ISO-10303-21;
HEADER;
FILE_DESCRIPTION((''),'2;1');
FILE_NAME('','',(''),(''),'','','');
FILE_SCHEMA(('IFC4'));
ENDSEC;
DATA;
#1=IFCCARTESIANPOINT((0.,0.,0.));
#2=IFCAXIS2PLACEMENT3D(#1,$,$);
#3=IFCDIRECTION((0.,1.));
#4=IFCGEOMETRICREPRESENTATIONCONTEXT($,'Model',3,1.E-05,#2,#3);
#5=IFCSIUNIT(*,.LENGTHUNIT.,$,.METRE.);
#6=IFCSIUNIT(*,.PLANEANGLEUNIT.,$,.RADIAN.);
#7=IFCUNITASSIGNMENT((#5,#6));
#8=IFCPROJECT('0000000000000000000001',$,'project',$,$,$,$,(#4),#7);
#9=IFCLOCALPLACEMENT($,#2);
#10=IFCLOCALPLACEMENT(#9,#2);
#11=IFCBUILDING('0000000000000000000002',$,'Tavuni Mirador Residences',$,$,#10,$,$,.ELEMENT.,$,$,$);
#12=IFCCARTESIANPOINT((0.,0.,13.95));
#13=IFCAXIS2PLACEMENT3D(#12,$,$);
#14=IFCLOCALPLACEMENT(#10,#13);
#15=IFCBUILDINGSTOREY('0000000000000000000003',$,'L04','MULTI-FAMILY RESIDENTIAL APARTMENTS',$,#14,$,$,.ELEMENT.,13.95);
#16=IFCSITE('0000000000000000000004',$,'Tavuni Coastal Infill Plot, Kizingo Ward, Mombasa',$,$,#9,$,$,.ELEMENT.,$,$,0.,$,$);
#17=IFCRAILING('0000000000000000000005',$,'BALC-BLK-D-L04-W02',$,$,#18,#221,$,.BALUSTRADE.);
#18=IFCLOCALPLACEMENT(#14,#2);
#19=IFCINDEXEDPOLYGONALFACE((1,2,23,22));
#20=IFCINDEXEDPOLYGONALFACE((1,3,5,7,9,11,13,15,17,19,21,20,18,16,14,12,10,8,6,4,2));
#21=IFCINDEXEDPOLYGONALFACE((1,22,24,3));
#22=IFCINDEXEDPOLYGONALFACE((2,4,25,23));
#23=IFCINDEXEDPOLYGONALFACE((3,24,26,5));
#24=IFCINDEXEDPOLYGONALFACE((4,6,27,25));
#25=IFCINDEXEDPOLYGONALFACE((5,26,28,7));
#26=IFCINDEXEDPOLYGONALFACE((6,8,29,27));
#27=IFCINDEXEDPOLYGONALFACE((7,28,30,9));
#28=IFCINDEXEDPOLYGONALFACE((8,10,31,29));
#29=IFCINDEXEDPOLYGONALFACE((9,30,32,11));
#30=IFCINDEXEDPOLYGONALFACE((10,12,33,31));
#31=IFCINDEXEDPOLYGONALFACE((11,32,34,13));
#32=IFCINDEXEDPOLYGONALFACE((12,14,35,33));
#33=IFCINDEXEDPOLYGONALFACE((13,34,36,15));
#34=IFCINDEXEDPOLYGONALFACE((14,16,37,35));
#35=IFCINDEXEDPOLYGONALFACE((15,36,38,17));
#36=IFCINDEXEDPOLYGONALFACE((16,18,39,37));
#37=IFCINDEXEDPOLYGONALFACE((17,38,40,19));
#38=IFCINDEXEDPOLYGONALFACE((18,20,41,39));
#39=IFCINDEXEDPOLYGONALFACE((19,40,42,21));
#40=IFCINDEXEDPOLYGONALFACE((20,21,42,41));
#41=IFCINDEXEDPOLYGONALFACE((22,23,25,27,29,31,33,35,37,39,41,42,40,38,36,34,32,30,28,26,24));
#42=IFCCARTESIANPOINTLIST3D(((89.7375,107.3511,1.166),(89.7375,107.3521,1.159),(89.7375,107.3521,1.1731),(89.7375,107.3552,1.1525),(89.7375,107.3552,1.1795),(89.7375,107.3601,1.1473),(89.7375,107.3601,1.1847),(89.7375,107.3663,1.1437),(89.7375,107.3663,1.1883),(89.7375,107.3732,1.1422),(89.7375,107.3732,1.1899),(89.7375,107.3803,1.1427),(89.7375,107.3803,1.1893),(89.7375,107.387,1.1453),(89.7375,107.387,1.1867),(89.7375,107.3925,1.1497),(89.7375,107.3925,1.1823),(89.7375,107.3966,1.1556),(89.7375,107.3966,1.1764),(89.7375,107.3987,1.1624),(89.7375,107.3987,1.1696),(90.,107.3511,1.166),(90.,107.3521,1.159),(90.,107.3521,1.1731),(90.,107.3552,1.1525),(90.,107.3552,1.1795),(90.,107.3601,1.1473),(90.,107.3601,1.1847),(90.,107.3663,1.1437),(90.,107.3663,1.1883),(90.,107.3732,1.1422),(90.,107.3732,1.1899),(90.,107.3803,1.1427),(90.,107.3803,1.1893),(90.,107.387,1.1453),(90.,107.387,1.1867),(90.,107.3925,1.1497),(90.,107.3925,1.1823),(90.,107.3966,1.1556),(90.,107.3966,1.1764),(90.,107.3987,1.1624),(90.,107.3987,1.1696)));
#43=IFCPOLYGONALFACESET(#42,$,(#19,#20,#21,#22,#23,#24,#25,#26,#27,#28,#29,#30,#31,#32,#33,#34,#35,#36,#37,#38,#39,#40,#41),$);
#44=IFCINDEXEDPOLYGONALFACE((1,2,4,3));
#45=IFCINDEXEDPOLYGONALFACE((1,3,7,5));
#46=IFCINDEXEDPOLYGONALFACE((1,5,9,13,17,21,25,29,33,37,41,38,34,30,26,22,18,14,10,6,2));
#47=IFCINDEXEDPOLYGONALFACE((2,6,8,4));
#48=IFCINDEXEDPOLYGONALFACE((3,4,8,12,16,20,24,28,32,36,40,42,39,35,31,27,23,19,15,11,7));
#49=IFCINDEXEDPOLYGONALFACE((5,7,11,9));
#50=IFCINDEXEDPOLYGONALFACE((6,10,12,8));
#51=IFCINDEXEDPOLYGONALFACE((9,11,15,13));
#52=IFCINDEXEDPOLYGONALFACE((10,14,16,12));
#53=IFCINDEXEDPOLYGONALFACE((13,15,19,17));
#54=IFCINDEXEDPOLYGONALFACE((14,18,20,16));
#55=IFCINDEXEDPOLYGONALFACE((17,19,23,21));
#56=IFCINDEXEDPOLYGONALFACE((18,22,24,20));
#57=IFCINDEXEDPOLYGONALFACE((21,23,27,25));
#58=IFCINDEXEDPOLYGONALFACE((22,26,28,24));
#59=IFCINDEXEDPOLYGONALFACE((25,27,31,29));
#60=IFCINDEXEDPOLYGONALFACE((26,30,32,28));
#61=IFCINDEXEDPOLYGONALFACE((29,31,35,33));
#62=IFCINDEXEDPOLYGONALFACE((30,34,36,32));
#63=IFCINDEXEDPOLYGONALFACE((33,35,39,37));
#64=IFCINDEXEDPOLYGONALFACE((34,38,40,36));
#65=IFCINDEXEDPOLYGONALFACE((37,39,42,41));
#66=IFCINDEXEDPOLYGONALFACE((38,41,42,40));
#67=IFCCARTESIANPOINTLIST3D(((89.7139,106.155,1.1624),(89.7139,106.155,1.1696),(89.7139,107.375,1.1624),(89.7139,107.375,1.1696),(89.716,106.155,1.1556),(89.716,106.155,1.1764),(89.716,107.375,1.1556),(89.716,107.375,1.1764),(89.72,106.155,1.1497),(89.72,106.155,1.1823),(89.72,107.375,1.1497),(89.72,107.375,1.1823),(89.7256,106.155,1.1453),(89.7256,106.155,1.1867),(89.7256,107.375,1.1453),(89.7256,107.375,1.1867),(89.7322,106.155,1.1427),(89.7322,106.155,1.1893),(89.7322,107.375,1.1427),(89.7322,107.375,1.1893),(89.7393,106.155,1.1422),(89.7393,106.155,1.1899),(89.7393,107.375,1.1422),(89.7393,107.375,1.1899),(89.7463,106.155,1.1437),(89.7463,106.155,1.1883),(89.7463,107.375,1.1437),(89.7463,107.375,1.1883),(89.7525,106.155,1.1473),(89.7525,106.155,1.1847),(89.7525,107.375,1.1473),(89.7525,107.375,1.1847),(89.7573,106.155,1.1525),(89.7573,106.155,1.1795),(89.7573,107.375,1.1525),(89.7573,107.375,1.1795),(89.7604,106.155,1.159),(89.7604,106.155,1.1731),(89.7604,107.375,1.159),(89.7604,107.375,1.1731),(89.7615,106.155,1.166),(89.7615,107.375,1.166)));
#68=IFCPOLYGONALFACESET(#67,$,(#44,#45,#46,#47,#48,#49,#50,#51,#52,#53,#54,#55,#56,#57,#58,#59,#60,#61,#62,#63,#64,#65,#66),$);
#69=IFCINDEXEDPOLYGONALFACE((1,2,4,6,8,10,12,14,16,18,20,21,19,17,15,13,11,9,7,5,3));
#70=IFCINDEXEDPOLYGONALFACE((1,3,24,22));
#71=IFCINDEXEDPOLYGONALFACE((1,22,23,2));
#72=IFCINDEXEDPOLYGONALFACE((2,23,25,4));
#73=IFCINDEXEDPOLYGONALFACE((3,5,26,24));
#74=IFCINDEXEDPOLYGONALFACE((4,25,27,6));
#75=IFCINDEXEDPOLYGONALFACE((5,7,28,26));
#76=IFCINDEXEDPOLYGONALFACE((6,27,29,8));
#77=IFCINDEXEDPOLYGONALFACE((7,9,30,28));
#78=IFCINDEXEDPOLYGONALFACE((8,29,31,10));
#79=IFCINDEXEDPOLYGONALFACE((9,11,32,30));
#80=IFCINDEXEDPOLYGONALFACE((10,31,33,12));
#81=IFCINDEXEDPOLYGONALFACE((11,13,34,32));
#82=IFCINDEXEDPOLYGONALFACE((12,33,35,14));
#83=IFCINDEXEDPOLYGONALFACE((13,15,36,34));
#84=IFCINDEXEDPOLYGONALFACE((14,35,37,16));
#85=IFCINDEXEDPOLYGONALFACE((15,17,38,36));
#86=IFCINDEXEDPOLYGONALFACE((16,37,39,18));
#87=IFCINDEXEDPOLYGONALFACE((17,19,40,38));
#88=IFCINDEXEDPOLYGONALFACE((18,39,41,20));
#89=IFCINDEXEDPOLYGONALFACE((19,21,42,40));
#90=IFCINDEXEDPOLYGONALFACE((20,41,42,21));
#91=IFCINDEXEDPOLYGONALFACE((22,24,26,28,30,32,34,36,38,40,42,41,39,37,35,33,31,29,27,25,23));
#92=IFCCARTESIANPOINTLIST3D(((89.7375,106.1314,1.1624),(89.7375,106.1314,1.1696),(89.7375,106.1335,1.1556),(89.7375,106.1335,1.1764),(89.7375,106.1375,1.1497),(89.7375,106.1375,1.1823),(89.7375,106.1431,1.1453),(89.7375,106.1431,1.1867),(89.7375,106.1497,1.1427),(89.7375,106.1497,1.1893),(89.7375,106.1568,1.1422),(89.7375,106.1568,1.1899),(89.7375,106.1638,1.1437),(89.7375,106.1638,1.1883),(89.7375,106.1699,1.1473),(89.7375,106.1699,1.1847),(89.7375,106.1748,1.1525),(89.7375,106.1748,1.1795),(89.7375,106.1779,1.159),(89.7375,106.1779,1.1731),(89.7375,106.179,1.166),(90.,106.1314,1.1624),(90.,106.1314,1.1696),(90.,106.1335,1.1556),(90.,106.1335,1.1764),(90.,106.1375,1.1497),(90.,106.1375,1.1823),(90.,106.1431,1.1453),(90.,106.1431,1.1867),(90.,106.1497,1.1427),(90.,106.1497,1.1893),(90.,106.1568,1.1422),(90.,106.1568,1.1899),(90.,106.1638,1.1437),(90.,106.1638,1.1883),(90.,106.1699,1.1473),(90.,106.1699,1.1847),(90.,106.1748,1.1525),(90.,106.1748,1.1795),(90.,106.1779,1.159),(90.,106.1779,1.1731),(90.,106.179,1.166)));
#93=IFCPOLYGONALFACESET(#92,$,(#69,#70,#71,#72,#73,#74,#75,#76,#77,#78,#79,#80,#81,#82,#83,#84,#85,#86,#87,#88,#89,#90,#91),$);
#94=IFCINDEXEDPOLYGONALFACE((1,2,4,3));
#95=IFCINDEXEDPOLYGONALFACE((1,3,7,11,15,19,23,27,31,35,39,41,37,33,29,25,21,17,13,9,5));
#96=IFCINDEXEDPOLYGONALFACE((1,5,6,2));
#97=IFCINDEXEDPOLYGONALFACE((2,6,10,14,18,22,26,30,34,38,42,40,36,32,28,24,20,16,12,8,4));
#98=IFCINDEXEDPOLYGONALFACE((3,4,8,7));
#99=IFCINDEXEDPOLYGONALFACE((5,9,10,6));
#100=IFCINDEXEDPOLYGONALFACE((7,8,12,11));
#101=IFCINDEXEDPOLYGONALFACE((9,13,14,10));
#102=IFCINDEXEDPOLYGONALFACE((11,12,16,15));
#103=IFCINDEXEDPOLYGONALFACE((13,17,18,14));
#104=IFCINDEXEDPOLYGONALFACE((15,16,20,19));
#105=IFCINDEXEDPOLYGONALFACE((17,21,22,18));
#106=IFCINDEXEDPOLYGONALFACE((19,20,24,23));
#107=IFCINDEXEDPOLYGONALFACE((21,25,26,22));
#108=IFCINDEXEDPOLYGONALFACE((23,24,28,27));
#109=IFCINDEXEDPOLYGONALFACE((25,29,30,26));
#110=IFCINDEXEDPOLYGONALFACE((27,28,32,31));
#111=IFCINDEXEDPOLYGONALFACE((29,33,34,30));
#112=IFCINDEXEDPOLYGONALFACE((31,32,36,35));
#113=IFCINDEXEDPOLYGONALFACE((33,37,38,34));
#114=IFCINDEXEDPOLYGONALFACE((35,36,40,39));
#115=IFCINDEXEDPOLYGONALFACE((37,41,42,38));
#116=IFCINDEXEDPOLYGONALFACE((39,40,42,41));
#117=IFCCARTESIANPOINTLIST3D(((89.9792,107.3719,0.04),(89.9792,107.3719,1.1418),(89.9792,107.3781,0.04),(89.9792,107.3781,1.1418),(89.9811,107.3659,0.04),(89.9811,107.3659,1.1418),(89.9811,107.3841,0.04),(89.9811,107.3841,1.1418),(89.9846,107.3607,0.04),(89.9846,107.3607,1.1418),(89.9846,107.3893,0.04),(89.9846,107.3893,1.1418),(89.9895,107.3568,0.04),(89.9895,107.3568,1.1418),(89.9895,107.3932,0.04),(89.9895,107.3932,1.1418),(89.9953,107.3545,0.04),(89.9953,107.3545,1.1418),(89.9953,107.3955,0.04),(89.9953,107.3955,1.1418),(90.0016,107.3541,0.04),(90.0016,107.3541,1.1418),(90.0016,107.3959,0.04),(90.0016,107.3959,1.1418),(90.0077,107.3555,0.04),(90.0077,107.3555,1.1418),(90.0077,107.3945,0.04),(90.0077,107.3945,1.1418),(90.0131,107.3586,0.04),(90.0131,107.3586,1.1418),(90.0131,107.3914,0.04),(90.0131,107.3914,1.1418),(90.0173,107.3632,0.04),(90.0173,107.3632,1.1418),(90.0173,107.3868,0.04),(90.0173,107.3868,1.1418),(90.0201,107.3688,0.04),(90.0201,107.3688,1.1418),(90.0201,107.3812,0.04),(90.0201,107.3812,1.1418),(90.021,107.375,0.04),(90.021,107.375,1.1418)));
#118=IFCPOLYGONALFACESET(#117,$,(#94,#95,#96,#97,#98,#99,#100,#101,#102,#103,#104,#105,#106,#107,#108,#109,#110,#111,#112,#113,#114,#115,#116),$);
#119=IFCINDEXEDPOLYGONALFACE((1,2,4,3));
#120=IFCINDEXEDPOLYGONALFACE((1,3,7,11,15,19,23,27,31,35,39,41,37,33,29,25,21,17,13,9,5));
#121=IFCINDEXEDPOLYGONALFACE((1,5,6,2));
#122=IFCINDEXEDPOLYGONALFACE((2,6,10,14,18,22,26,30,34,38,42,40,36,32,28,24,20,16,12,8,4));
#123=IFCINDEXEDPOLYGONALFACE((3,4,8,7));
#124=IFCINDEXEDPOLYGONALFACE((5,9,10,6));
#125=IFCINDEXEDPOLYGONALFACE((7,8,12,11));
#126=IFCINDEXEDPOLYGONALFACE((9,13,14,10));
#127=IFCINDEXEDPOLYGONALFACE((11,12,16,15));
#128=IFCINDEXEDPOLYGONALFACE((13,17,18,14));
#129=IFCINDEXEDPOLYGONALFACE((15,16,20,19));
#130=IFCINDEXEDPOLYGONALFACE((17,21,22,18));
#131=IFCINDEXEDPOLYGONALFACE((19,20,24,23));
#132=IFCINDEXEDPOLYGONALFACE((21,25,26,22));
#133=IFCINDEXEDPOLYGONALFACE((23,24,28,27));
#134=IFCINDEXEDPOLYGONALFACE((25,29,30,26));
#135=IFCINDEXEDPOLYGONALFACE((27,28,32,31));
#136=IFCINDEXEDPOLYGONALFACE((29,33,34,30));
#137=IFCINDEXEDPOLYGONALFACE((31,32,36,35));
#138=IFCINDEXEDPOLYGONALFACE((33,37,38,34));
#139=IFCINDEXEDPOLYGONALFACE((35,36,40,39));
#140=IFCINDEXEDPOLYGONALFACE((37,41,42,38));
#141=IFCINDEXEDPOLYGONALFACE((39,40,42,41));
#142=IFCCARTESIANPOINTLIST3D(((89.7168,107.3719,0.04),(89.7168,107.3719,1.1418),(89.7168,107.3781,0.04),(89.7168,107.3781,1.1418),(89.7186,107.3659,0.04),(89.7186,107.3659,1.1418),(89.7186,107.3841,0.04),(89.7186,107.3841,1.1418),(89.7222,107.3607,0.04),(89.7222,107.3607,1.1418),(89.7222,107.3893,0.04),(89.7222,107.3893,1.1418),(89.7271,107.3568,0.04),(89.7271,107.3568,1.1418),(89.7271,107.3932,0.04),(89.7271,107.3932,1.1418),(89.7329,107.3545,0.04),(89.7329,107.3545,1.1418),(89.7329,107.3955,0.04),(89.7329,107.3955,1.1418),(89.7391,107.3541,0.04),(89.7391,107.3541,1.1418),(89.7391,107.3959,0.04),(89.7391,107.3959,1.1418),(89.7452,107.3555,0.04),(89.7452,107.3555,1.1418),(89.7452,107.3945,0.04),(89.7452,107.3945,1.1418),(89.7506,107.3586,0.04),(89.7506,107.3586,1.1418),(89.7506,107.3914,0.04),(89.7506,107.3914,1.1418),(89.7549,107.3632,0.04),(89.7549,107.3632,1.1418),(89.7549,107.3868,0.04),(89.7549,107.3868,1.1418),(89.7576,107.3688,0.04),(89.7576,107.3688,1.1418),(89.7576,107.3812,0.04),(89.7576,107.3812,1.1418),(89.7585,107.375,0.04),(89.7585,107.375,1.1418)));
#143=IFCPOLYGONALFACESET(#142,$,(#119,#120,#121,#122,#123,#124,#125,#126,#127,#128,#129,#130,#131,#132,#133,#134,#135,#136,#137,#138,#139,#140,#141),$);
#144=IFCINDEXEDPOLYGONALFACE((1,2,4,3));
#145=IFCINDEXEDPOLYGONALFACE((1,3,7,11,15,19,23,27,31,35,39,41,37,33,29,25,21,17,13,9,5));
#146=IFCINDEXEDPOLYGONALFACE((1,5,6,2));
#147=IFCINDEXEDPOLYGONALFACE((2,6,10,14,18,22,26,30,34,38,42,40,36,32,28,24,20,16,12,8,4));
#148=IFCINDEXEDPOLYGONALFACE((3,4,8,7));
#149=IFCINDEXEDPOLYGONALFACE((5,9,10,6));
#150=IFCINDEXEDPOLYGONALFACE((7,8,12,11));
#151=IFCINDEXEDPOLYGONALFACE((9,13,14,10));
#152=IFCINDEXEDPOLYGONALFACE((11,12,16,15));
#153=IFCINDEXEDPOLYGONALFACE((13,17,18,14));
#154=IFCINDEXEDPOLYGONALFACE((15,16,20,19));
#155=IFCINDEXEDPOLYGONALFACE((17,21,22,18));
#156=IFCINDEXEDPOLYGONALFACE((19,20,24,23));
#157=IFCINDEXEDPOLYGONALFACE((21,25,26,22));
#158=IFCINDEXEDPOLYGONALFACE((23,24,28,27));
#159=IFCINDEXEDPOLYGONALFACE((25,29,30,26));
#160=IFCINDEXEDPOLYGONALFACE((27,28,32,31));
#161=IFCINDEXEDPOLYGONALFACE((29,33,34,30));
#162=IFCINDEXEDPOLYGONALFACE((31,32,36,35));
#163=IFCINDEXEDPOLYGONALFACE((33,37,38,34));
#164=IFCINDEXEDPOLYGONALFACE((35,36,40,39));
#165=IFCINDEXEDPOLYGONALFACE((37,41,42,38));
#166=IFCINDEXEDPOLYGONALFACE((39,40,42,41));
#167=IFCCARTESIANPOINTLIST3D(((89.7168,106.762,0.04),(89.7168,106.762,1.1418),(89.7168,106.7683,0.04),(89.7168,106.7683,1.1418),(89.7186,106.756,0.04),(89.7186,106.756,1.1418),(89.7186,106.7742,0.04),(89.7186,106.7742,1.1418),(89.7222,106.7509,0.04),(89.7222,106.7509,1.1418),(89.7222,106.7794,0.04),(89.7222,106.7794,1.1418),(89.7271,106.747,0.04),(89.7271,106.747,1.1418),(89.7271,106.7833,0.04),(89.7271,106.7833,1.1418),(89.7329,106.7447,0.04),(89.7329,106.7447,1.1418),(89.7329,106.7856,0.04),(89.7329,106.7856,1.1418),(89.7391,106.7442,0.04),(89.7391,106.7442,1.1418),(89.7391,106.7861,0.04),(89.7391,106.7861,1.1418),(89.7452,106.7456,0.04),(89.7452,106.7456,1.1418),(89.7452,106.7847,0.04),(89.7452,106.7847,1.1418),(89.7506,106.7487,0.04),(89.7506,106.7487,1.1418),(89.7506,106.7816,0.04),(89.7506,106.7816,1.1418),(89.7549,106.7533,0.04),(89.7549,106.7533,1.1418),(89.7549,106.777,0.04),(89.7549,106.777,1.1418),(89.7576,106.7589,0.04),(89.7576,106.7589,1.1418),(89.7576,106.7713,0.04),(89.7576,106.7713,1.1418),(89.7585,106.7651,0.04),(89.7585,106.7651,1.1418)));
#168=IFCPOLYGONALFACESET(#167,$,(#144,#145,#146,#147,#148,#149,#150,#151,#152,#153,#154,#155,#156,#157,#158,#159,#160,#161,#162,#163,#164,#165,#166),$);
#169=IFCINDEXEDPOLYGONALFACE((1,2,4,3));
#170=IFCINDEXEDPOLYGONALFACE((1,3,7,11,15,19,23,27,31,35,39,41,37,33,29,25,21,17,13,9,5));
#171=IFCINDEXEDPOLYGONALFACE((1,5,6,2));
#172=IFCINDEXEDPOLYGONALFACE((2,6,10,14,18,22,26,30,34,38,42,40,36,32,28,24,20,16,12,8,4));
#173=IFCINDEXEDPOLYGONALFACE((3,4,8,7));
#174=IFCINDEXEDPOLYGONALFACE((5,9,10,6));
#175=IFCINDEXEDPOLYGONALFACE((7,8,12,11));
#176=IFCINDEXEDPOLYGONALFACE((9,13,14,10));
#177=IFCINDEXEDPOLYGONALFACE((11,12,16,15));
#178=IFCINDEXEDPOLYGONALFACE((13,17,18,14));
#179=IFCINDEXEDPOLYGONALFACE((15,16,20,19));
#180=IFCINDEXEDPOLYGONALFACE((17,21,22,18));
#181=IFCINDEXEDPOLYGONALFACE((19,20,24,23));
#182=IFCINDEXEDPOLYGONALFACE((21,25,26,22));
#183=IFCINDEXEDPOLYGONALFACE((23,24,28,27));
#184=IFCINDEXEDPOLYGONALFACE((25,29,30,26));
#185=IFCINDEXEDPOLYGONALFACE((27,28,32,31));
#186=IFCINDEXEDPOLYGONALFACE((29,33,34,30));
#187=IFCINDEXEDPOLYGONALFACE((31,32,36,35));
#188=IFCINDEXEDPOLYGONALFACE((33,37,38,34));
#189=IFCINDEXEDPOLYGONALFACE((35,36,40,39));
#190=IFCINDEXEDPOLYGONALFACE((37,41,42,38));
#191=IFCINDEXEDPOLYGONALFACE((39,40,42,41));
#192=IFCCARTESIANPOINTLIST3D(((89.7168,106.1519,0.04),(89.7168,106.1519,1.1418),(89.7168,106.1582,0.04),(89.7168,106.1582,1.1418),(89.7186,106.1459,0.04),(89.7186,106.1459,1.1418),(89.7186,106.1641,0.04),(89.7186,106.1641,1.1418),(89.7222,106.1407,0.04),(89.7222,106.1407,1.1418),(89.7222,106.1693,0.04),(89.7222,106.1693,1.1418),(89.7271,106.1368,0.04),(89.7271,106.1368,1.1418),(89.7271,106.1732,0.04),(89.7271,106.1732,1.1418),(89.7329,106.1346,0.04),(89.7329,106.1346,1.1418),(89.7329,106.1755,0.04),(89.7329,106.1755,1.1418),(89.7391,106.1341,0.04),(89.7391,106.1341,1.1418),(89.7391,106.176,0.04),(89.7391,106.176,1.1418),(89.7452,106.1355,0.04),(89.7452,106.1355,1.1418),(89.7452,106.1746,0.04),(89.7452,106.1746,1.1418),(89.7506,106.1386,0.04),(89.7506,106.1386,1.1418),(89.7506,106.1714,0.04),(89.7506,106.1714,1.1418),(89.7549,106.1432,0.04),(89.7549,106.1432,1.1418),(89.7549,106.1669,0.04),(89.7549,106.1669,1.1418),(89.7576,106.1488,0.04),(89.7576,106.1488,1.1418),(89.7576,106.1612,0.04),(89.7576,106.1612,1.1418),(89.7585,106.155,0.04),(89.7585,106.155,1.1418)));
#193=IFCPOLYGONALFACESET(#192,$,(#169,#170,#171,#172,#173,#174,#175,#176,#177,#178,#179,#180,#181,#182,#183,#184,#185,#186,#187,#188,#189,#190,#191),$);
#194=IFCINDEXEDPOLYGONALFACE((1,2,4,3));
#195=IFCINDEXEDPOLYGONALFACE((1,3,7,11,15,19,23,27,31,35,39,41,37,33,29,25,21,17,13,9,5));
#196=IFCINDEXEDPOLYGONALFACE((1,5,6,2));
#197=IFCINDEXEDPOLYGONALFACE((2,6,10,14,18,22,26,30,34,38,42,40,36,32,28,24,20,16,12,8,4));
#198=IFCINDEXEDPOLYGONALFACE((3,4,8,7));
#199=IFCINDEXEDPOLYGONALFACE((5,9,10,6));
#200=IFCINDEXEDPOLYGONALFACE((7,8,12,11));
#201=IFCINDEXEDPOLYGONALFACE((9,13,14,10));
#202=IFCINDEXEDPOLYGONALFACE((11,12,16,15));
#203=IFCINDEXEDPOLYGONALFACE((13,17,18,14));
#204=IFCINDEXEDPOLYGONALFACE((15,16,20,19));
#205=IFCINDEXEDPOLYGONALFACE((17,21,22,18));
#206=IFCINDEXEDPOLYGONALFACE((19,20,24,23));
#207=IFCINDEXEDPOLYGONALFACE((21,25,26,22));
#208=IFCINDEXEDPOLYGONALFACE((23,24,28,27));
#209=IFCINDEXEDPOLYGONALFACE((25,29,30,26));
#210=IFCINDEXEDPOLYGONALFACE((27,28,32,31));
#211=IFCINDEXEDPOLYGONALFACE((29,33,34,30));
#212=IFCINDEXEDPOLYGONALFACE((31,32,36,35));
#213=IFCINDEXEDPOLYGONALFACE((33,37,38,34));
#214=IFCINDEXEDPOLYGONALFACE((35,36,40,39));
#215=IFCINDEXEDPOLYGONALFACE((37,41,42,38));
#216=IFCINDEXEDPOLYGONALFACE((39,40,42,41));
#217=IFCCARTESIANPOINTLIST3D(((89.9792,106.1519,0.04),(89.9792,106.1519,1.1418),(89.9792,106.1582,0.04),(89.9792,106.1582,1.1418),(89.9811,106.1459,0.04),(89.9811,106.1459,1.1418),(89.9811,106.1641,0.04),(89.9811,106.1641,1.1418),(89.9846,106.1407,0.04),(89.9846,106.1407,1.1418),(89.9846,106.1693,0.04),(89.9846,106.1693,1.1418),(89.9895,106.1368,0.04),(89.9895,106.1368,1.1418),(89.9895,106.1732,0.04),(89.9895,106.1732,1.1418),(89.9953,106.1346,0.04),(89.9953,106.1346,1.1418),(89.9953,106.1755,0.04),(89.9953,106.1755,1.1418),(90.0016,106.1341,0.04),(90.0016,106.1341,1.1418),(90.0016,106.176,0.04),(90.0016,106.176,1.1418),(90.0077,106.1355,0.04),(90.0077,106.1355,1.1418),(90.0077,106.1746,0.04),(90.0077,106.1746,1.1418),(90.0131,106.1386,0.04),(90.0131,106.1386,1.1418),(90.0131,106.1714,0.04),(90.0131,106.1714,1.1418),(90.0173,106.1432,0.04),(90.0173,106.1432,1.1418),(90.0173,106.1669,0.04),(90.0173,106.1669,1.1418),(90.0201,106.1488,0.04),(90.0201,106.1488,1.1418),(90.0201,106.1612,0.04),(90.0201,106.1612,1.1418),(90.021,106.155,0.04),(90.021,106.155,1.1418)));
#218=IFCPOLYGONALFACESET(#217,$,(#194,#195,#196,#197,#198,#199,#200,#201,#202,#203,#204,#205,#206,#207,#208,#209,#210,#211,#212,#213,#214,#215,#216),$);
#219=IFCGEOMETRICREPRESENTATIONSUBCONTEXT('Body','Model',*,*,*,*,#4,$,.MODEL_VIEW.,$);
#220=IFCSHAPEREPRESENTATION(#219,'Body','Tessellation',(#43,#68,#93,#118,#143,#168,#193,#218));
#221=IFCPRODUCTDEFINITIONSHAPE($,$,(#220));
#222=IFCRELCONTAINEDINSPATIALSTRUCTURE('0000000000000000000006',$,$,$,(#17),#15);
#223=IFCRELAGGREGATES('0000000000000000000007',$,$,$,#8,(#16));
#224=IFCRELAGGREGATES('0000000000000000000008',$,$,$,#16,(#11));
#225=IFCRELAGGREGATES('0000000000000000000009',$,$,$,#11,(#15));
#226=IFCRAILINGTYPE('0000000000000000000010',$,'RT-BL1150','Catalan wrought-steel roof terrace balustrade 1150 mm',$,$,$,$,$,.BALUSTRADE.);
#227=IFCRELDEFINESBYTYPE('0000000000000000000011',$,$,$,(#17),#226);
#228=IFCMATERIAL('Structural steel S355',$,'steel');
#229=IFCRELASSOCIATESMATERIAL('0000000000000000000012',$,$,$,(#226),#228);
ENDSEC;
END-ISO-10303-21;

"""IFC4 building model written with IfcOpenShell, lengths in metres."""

from ifc_helpers import new_model, si_unit, direction, frame, origin, origin_2d, place, context, subcontext, project, spatial, circle, extrude, material, type_object, element, save


model = new_model("IFC4")

# Units and contexts
model_context = context("Model", 3, precision=1e-05, world=origin(), true_north=direction((0.0, 1.0)))
body_context = subcontext(model_context, "Body", "Model", "MODEL_VIEW")
ifc_project = project(units=[si_unit("LENGTHUNIT", "METRE"), si_unit("PLANEANGLEUNIT", "RADIAN")], contexts=[model_context])

# Site, building, storey
site_placement = place(None, origin())
site = spatial("IfcSite", under=ifc_project, at=site_placement, Name="Tavuni Coastal Infill Plot, Kizingo Ward, Mombasa", CompositionType="ELEMENT", RefElevation=0.0)
building_placement = place(site_placement, origin())
building = spatial("IfcBuilding", under=site, at=building_placement, Name="Tavuni Mirador Residences", CompositionType="ELEMENT")
storey_placement = place(building_placement, frame((0.0, 0.0, 13.95)))
storey = spatial("IfcBuildingStorey", under=building, at=storey_placement, Name="L04", Description="MULTI-FAMILY RESIDENTIAL APARTMENTS", CompositionType="ELEMENT", Elevation=13.95)

# Shared definitions
ifc_material_1 = material(Name="Structural steel S355", Category="steel")

# Railing
railing_type = type_object("IfcRailingType", Name="RT-BL1150", Description="Catalan wrought-steel roof terrace balustrade 1150 mm", PredefinedType="BALUSTRADE", material=ifc_material_1)
railing_placement = place(storey_placement, frame((90.0, 107.375, 0.04)))
element("IfcRailing", 1, at=railing_placement, inside=storey, type_object=railing_type, Name="BALC-BLK-D-L04-W02", PredefinedType="BALUSTRADE", context=body_context, shape_type="SweptSolid", body=[
    extrude(circle(Radius=0.0239, at=origin_2d()), frame((0.0, 0.0, 1.126), z_axis=(-1.0, 0.0, 0.0), x_axis=(0.0, -1.0, 0.0)), (0.0, 0.0, 1.0), 0.2625),
    extrude(circle(Radius=0.0239, at=origin_2d()), frame((-0.2625, 0.0, 1.126), z_axis=(0.0, -1.0, 0.0), x_axis=(1.0, 0.0, 0.0)), (0.0, 0.0, 1.0), 1.22),
    extrude(circle(Radius=0.0239, at=origin_2d()), frame((-0.2625, -1.22, 1.126), z_axis=(1.0, 0.0, 0.0), x_axis=(0.0, 1.0, 0.0)), (0.0, 0.0, 1.0), 0.2625),
    extrude(circle(Radius=0.021, at=origin_2d()), origin(), (0.0, 0.0, 1.0), 1.1018),
    extrude(circle(Radius=0.021, at=origin_2d()), frame((-0.2625, 0.0, 0.0)), (0.0, 0.0, 1.0), 1.1018),
    extrude(circle(Radius=0.021, at=origin_2d()), frame((-0.2625, -0.6099, 0.0)), (0.0, 0.0, 1.0), 1.1018),
    extrude(circle(Radius=0.021, at=origin_2d()), frame((-0.2625, -1.22, 0.0)), (0.0, 0.0, 1.0), 1.1018),
    extrude(circle(Radius=0.021, at=origin_2d()), frame((0.0, -1.22, 0.0)), (0.0, 0.0, 1.0), 1.1018),
])

save(model, "model.ifc")
